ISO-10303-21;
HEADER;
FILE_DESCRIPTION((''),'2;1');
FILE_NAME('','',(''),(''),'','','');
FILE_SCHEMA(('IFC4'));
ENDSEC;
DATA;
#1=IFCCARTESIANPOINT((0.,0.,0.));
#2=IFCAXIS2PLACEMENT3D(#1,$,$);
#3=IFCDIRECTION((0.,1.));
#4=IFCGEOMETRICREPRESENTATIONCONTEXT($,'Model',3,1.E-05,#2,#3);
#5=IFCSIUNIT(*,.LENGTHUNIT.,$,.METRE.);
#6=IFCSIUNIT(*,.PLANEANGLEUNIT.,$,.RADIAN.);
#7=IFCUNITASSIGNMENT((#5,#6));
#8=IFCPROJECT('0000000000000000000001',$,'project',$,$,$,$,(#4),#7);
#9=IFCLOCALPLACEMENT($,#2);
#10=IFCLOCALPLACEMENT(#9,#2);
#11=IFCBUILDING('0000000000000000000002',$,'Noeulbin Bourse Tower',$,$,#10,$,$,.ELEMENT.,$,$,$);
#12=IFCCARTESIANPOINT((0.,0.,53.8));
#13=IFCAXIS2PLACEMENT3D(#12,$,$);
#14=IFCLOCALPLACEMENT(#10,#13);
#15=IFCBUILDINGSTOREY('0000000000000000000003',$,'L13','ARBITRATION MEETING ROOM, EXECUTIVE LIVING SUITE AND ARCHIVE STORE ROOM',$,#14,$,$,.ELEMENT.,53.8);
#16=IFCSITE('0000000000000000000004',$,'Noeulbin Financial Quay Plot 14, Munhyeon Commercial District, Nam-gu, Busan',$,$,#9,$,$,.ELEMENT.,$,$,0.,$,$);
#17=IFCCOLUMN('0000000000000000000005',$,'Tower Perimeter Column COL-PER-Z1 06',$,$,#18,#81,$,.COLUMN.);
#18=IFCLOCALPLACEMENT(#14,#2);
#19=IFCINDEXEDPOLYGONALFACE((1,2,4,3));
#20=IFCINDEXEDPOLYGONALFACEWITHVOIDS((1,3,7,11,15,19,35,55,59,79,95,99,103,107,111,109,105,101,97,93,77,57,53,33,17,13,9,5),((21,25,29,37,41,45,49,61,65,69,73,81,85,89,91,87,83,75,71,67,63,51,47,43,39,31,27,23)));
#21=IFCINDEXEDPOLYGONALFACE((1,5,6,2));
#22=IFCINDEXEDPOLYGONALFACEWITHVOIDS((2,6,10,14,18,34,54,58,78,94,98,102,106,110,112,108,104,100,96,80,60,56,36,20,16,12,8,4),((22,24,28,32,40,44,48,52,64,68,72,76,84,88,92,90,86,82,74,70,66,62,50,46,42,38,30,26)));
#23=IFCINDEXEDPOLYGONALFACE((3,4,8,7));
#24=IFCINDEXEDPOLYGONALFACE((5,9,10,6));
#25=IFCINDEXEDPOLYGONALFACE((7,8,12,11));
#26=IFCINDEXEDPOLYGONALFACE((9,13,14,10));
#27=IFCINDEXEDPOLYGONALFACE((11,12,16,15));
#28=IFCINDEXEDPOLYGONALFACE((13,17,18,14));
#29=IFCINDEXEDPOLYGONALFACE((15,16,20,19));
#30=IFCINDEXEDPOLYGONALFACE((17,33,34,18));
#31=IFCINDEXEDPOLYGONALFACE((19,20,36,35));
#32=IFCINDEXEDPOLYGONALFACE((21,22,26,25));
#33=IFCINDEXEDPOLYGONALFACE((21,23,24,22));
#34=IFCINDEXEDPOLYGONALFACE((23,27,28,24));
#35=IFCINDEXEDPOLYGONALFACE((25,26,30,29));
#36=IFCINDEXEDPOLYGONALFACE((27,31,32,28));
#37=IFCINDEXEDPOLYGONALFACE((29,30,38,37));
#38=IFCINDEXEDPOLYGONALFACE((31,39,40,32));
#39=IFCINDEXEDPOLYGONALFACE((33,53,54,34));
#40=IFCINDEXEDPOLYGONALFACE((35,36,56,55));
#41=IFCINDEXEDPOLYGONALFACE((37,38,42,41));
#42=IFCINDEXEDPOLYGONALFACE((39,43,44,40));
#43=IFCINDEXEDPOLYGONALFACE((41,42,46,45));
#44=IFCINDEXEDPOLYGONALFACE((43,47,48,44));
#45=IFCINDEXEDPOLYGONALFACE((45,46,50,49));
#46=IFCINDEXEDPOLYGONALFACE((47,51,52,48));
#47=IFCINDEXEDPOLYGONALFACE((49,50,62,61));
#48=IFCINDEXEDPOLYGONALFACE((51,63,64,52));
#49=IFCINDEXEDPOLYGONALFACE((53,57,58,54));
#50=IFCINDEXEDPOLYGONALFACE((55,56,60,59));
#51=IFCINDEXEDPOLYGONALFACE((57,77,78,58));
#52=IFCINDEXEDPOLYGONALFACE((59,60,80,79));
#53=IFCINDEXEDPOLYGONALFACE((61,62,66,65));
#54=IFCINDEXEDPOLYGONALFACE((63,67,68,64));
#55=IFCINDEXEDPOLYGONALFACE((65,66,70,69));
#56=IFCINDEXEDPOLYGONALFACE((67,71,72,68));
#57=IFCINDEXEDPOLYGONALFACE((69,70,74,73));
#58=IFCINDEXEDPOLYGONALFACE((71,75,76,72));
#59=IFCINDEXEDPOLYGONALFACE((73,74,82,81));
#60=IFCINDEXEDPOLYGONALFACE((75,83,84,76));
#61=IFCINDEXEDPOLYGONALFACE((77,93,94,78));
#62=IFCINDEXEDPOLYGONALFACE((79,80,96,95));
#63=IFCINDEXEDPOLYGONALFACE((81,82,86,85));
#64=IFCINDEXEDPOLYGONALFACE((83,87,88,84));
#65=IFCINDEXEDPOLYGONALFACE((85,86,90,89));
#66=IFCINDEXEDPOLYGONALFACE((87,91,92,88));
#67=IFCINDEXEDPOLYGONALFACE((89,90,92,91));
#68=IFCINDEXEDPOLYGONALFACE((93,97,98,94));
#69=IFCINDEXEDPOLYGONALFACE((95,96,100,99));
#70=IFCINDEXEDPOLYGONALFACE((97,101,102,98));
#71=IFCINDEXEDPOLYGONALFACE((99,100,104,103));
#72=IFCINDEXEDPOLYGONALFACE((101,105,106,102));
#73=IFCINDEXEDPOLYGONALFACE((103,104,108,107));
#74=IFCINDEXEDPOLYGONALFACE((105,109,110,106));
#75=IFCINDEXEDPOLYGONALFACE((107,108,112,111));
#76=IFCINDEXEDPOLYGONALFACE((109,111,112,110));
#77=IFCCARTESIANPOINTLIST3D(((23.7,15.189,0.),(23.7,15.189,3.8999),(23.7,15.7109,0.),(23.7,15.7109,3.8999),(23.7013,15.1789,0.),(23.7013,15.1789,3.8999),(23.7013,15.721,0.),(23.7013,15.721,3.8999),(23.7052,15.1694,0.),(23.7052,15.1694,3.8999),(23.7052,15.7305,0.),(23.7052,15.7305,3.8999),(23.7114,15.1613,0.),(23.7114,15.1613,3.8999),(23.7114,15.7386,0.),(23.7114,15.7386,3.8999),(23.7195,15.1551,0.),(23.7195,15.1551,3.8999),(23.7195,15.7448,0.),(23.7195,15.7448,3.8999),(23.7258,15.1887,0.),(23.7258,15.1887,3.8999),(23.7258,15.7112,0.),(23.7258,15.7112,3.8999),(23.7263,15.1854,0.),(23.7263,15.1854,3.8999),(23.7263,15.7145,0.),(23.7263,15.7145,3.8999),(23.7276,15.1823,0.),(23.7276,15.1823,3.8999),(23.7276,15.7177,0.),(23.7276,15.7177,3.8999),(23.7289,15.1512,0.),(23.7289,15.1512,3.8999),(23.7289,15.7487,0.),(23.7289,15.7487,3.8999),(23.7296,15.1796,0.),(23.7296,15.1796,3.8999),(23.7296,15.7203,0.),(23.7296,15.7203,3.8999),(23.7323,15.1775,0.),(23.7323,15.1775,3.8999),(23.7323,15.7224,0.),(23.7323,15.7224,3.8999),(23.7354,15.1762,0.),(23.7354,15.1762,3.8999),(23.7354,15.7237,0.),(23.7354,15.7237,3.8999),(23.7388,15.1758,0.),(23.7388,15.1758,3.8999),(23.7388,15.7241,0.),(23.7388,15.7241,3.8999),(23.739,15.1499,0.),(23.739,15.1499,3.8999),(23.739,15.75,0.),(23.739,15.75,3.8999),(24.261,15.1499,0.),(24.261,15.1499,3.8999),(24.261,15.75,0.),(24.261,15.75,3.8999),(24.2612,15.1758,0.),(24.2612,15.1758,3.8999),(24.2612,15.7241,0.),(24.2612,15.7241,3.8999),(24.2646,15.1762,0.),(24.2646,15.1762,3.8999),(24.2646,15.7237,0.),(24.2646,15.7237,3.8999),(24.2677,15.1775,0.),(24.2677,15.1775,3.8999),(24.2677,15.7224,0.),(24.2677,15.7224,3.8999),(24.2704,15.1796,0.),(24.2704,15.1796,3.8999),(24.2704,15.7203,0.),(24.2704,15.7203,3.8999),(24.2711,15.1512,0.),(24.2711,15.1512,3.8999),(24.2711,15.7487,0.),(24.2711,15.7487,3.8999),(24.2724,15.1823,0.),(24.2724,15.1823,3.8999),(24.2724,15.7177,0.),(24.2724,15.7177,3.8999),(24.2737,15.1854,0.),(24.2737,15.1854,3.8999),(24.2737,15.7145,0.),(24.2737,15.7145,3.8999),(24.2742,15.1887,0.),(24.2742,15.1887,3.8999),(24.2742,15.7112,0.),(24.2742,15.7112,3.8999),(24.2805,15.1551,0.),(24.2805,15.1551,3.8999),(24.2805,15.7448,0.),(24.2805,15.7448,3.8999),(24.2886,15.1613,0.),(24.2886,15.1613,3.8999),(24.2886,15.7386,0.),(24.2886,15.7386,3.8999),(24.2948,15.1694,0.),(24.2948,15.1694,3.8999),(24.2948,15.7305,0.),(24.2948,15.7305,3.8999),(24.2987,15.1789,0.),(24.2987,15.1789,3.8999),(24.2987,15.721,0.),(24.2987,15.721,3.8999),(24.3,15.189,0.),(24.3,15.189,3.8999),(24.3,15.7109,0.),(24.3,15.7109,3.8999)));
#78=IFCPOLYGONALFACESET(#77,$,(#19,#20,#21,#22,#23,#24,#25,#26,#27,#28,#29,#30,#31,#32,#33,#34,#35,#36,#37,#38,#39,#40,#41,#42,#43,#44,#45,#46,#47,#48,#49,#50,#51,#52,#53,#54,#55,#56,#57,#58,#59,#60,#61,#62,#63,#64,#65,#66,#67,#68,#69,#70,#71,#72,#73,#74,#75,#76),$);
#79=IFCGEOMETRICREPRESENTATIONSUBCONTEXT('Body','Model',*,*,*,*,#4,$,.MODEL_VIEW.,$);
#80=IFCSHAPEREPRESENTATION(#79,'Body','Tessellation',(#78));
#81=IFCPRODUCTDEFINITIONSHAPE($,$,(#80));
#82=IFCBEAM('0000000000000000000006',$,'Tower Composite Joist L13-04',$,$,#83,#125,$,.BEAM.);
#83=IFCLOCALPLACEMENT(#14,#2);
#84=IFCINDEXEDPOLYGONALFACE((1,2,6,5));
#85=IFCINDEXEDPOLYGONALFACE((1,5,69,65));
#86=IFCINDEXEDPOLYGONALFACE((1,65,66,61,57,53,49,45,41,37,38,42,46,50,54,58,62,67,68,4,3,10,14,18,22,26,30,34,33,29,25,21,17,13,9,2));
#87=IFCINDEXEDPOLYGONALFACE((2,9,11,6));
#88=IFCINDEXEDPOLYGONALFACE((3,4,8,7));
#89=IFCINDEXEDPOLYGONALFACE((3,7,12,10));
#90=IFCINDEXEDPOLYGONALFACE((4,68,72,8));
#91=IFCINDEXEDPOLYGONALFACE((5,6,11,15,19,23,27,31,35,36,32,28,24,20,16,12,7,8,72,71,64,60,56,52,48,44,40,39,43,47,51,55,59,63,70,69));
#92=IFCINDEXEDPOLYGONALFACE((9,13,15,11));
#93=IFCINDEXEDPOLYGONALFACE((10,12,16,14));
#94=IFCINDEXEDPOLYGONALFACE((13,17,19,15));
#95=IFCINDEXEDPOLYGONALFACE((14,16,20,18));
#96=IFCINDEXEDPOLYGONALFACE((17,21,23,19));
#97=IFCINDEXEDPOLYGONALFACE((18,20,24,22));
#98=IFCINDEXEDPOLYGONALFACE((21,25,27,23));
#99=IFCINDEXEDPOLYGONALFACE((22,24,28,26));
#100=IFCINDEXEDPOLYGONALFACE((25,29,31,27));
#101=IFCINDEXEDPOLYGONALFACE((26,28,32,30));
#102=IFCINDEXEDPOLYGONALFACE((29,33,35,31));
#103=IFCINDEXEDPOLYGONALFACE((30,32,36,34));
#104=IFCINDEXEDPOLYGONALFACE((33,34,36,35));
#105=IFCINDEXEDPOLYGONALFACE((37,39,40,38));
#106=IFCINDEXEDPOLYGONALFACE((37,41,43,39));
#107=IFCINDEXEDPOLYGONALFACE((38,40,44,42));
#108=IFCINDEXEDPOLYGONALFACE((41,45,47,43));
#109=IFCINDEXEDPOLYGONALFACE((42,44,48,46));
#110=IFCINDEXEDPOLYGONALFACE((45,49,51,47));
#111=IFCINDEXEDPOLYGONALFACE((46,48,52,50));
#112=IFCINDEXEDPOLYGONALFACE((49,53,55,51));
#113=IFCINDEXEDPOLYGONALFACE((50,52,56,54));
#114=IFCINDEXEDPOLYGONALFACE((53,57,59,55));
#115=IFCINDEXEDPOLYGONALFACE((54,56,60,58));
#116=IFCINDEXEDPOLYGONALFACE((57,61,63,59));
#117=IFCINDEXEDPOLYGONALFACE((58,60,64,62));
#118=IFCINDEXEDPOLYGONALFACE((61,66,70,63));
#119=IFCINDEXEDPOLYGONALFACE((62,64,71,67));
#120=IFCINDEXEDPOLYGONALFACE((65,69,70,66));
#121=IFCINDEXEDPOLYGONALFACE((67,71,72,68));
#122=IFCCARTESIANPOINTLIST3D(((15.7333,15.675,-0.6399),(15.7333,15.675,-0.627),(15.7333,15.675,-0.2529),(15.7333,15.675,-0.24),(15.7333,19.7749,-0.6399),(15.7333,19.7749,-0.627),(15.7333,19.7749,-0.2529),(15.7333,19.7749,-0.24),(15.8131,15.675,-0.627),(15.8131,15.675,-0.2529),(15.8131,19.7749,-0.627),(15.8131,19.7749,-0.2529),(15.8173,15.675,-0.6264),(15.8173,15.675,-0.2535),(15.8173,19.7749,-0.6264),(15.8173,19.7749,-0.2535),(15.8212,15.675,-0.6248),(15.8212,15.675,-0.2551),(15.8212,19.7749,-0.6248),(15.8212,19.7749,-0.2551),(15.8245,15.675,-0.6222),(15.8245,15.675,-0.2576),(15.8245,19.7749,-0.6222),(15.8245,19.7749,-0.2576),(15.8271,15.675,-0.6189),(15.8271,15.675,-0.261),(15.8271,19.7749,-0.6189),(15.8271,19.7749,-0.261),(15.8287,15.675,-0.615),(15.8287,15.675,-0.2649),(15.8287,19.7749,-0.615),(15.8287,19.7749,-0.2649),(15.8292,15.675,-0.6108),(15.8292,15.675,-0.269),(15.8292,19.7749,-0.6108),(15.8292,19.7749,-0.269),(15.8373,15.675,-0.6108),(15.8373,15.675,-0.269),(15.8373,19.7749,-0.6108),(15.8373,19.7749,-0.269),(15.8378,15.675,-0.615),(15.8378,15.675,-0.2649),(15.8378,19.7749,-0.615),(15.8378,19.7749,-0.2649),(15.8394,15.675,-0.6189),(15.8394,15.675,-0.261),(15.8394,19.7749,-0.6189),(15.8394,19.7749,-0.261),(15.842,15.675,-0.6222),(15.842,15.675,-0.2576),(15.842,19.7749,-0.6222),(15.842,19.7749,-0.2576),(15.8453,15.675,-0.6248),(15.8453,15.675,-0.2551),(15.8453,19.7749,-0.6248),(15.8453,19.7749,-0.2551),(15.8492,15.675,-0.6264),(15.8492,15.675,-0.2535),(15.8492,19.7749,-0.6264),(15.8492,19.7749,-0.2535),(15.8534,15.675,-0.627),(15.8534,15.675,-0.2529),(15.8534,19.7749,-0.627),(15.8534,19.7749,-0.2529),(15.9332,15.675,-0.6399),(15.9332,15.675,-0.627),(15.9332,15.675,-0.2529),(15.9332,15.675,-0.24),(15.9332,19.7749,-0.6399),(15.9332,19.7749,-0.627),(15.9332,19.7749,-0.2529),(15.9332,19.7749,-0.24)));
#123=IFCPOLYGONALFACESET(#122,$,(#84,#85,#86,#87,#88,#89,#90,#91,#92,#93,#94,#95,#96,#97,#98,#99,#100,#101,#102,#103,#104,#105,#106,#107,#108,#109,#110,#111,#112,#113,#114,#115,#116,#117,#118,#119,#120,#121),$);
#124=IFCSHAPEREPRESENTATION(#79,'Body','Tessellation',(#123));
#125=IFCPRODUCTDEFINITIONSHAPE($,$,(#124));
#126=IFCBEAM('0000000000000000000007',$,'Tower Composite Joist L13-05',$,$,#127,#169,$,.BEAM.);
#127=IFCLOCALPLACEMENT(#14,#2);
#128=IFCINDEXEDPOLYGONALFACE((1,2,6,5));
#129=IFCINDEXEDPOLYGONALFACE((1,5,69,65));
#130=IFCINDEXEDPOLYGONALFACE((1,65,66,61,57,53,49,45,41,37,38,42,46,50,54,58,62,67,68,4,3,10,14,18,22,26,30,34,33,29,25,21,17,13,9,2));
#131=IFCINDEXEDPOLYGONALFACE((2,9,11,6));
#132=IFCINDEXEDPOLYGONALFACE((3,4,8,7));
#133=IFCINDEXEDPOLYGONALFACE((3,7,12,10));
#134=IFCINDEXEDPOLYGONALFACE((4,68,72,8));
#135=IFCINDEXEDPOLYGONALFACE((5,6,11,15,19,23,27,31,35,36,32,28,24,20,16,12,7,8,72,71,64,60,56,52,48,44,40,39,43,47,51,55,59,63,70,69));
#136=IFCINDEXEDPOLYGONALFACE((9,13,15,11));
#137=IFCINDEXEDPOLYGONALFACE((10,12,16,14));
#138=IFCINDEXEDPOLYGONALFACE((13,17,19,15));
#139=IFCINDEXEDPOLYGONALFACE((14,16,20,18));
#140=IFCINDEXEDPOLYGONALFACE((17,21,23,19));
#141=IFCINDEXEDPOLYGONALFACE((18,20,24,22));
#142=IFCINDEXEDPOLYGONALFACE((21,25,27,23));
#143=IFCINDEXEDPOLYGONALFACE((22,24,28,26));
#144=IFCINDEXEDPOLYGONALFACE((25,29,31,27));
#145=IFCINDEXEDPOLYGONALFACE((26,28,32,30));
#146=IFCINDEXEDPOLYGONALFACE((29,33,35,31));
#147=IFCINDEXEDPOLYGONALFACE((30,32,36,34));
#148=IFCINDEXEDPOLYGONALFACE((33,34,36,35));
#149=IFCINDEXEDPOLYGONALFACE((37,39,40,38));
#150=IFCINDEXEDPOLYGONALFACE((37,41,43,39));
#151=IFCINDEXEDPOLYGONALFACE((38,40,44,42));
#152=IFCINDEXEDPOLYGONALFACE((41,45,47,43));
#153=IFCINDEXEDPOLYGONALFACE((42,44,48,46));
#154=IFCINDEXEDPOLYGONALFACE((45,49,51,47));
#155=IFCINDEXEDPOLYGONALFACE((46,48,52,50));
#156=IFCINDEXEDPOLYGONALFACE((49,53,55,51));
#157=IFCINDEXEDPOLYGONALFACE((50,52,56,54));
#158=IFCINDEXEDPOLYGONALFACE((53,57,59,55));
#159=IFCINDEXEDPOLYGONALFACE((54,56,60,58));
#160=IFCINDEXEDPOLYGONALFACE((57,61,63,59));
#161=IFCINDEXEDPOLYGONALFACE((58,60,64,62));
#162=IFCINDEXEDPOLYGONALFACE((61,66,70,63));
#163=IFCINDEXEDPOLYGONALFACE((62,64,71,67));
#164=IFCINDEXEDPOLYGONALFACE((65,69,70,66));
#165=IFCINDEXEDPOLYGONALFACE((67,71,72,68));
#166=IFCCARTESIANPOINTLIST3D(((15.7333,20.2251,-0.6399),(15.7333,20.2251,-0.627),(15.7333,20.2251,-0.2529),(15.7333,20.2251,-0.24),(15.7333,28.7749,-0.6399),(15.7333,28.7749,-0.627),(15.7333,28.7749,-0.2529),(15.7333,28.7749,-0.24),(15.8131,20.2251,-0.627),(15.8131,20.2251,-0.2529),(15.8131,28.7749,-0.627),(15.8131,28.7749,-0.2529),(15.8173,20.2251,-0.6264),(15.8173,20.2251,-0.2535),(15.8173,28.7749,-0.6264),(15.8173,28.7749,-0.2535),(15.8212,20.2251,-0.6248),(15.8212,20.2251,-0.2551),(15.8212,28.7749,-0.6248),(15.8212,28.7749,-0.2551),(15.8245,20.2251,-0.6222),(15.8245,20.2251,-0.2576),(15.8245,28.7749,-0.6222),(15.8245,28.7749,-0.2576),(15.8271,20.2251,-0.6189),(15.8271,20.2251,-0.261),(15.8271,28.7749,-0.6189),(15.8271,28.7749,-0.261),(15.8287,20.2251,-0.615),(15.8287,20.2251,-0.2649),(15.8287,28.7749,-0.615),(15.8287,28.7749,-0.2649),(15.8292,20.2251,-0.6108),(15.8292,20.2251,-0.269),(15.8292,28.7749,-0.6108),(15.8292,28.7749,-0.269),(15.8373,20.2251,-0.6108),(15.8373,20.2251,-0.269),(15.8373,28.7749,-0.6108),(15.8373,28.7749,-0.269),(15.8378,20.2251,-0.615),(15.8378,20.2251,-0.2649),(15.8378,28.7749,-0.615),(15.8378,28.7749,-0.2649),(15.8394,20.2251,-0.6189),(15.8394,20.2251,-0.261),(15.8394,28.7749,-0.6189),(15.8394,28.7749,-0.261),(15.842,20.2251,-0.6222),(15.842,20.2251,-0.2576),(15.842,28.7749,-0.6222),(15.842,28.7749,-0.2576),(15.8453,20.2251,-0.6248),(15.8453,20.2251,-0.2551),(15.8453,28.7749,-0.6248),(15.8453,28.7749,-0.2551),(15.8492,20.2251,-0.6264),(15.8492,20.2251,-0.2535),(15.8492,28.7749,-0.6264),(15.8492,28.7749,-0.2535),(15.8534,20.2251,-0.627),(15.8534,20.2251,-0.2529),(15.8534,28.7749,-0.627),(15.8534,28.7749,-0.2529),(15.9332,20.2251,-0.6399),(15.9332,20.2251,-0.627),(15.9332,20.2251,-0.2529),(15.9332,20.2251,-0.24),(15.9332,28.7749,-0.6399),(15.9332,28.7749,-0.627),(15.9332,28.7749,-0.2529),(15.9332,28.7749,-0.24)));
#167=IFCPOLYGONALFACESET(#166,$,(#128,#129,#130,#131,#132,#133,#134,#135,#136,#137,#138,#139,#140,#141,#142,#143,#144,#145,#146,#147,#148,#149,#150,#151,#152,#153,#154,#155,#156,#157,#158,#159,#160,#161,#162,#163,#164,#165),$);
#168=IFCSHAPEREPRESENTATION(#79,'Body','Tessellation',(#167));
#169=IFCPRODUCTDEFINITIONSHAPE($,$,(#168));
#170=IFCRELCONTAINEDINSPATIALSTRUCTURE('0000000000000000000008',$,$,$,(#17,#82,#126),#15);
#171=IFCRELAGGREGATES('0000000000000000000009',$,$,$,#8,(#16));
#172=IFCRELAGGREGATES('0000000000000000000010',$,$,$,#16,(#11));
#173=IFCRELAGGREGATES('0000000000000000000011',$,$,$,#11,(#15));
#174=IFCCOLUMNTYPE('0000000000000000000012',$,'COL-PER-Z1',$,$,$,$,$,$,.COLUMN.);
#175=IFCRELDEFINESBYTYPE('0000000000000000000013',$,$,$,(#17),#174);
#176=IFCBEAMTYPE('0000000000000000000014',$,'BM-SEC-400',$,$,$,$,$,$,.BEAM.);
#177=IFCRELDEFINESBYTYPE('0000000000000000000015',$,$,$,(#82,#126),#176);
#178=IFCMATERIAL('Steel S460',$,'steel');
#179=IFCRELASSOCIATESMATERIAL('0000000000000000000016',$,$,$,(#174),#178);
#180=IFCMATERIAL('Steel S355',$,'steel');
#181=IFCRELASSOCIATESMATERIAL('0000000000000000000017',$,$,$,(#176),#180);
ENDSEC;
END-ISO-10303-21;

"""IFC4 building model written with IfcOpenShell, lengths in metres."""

from ifc_helpers import new_model, si_unit, direction, frame, origin, origin_2d, place, context, subcontext, project, spatial, hollow_rectangle, i_section, extrude, material, material_profile, profile_set, type_object, element, save


model = new_model("IFC4")

# Units and contexts
model_context = context("Model", 3, precision=1e-05, world=origin(), true_north=direction((0.0, 1.0)))
body_context = subcontext(model_context, "Body", "Model", "MODEL_VIEW")
ifc_project = project(units=[si_unit("LENGTHUNIT", "METRE"), si_unit("PLANEANGLEUNIT", "RADIAN")], contexts=[model_context])

# Site, building, storey
site_placement = place(None, origin())
site = spatial("IfcSite", under=ifc_project, at=site_placement, Name="Noeulbin Financial Quay Plot 14, Munhyeon Commercial District, Nam-gu, Busan", CompositionType="ELEMENT", RefElevation=0.0)
building_placement = place(site_placement, origin())
building = spatial("IfcBuilding", under=site, at=building_placement, Name="Noeulbin Bourse Tower", CompositionType="ELEMENT")
storey_placement = place(building_placement, frame((0.0, 0.0, 53.8)))
storey = spatial("IfcBuildingStorey", under=building, at=storey_placement, Name="L13", Description="ARBITRATION MEETING ROOM, EXECUTIVE LIVING SUITE AND ARCHIVE STORE ROOM", CompositionType="ELEMENT", Elevation=53.8)

# Column
ifc_material_1 = material(Name="Steel S460", Category="steel")
ifc_material_profile_1 = material_profile(ifc_material_1, hollow_rectangle(XDim=0.6001, YDim=0.6001, WallThickness=0.0259, InnerFilletRadius=0.0129, OuterFilletRadius=0.0391, at=origin_2d()), Name="BOX-600x600x26", Category="LoadBearing")
ifc_profile_set_1 = profile_set([ifc_material_profile_1], Name="Steel S460")
column_type = type_object("IfcColumnType", Name="COL-PER-Z1", PredefinedType="COLUMN", material=ifc_profile_set_1)
column_placement = place(storey_placement, frame((24.0, 15.45, 0.0), z_axis=(0.0, 0.0, 1.0), x_axis=(1.0, 0.0, 0.0)))
element("IfcColumn", 1, at=column_placement, inside=storey, type_object=column_type, Name="Tower Perimeter Column COL-PER-Z1 06", PredefinedType="COLUMN", context=body_context, shape_type="SweptSolid", body=[
    extrude(hollow_rectangle(XDim=0.6001, YDim=0.6001, WallThickness=0.0259, InnerFilletRadius=0.0129, OuterFilletRadius=0.0391, at=origin_2d()), origin(), (0.0, 0.0, 1.0), 3.8999),
])

# Beams
ifc_material_2 = material(Name="Steel S355", Category="steel")
ifc_material_profile_2 = material_profile(ifc_material_2, i_section(OverallWidth=0.2, OverallDepth=0.3999, WebThickness=0.0081, FlangeThickness=0.0129, FilletRadius=0.0161, at=origin_2d()), Name="H-400x200x8x13", Category="LoadBearing")
ifc_profile_set_2 = profile_set([ifc_material_profile_2], Name="Steel S355")
beam_type_1 = type_object("IfcBeamType", Name="BM-SEC-400", PredefinedType="BEAM", material=ifc_profile_set_2)
beam_1_placement = place(storey_placement, frame((15.8333, 15.675, -0.4399), z_axis=(0.0, 1.0, 0.0), x_axis=(-1.0, 0.0, 0.0)))
element("IfcBeam", 2, at=beam_1_placement, inside=storey, type_object=beam_type_1, Name="Tower Composite Joist L13-04", PredefinedType="BEAM", context=body_context, shape_type="SweptSolid", body=[
    extrude(i_section(OverallWidth=0.2, OverallDepth=0.3999, WebThickness=0.0081, FlangeThickness=0.0129, FilletRadius=0.0161, at=origin_2d()), origin(), (0.0, 0.0, 1.0), 4.0999),
])
beam_2_placement = place(storey_placement, frame((15.8333, 20.2251, -0.4399), z_axis=(0.0, 1.0, 0.0), x_axis=(-1.0, 0.0, 0.0)))
element("IfcBeam", 3, at=beam_2_placement, inside=storey, type_object=beam_type_1, Name="Tower Composite Joist L13-05", PredefinedType="BEAM", context=body_context, shape_type="SweptSolid", body=[
    extrude(i_section(OverallWidth=0.2, OverallDepth=0.3999, WebThickness=0.0081, FlangeThickness=0.0129, FilletRadius=0.0161, at=origin_2d()), origin(), (0.0, 0.0, 1.0), 8.5498),
])

save(model, "model.ifc")
